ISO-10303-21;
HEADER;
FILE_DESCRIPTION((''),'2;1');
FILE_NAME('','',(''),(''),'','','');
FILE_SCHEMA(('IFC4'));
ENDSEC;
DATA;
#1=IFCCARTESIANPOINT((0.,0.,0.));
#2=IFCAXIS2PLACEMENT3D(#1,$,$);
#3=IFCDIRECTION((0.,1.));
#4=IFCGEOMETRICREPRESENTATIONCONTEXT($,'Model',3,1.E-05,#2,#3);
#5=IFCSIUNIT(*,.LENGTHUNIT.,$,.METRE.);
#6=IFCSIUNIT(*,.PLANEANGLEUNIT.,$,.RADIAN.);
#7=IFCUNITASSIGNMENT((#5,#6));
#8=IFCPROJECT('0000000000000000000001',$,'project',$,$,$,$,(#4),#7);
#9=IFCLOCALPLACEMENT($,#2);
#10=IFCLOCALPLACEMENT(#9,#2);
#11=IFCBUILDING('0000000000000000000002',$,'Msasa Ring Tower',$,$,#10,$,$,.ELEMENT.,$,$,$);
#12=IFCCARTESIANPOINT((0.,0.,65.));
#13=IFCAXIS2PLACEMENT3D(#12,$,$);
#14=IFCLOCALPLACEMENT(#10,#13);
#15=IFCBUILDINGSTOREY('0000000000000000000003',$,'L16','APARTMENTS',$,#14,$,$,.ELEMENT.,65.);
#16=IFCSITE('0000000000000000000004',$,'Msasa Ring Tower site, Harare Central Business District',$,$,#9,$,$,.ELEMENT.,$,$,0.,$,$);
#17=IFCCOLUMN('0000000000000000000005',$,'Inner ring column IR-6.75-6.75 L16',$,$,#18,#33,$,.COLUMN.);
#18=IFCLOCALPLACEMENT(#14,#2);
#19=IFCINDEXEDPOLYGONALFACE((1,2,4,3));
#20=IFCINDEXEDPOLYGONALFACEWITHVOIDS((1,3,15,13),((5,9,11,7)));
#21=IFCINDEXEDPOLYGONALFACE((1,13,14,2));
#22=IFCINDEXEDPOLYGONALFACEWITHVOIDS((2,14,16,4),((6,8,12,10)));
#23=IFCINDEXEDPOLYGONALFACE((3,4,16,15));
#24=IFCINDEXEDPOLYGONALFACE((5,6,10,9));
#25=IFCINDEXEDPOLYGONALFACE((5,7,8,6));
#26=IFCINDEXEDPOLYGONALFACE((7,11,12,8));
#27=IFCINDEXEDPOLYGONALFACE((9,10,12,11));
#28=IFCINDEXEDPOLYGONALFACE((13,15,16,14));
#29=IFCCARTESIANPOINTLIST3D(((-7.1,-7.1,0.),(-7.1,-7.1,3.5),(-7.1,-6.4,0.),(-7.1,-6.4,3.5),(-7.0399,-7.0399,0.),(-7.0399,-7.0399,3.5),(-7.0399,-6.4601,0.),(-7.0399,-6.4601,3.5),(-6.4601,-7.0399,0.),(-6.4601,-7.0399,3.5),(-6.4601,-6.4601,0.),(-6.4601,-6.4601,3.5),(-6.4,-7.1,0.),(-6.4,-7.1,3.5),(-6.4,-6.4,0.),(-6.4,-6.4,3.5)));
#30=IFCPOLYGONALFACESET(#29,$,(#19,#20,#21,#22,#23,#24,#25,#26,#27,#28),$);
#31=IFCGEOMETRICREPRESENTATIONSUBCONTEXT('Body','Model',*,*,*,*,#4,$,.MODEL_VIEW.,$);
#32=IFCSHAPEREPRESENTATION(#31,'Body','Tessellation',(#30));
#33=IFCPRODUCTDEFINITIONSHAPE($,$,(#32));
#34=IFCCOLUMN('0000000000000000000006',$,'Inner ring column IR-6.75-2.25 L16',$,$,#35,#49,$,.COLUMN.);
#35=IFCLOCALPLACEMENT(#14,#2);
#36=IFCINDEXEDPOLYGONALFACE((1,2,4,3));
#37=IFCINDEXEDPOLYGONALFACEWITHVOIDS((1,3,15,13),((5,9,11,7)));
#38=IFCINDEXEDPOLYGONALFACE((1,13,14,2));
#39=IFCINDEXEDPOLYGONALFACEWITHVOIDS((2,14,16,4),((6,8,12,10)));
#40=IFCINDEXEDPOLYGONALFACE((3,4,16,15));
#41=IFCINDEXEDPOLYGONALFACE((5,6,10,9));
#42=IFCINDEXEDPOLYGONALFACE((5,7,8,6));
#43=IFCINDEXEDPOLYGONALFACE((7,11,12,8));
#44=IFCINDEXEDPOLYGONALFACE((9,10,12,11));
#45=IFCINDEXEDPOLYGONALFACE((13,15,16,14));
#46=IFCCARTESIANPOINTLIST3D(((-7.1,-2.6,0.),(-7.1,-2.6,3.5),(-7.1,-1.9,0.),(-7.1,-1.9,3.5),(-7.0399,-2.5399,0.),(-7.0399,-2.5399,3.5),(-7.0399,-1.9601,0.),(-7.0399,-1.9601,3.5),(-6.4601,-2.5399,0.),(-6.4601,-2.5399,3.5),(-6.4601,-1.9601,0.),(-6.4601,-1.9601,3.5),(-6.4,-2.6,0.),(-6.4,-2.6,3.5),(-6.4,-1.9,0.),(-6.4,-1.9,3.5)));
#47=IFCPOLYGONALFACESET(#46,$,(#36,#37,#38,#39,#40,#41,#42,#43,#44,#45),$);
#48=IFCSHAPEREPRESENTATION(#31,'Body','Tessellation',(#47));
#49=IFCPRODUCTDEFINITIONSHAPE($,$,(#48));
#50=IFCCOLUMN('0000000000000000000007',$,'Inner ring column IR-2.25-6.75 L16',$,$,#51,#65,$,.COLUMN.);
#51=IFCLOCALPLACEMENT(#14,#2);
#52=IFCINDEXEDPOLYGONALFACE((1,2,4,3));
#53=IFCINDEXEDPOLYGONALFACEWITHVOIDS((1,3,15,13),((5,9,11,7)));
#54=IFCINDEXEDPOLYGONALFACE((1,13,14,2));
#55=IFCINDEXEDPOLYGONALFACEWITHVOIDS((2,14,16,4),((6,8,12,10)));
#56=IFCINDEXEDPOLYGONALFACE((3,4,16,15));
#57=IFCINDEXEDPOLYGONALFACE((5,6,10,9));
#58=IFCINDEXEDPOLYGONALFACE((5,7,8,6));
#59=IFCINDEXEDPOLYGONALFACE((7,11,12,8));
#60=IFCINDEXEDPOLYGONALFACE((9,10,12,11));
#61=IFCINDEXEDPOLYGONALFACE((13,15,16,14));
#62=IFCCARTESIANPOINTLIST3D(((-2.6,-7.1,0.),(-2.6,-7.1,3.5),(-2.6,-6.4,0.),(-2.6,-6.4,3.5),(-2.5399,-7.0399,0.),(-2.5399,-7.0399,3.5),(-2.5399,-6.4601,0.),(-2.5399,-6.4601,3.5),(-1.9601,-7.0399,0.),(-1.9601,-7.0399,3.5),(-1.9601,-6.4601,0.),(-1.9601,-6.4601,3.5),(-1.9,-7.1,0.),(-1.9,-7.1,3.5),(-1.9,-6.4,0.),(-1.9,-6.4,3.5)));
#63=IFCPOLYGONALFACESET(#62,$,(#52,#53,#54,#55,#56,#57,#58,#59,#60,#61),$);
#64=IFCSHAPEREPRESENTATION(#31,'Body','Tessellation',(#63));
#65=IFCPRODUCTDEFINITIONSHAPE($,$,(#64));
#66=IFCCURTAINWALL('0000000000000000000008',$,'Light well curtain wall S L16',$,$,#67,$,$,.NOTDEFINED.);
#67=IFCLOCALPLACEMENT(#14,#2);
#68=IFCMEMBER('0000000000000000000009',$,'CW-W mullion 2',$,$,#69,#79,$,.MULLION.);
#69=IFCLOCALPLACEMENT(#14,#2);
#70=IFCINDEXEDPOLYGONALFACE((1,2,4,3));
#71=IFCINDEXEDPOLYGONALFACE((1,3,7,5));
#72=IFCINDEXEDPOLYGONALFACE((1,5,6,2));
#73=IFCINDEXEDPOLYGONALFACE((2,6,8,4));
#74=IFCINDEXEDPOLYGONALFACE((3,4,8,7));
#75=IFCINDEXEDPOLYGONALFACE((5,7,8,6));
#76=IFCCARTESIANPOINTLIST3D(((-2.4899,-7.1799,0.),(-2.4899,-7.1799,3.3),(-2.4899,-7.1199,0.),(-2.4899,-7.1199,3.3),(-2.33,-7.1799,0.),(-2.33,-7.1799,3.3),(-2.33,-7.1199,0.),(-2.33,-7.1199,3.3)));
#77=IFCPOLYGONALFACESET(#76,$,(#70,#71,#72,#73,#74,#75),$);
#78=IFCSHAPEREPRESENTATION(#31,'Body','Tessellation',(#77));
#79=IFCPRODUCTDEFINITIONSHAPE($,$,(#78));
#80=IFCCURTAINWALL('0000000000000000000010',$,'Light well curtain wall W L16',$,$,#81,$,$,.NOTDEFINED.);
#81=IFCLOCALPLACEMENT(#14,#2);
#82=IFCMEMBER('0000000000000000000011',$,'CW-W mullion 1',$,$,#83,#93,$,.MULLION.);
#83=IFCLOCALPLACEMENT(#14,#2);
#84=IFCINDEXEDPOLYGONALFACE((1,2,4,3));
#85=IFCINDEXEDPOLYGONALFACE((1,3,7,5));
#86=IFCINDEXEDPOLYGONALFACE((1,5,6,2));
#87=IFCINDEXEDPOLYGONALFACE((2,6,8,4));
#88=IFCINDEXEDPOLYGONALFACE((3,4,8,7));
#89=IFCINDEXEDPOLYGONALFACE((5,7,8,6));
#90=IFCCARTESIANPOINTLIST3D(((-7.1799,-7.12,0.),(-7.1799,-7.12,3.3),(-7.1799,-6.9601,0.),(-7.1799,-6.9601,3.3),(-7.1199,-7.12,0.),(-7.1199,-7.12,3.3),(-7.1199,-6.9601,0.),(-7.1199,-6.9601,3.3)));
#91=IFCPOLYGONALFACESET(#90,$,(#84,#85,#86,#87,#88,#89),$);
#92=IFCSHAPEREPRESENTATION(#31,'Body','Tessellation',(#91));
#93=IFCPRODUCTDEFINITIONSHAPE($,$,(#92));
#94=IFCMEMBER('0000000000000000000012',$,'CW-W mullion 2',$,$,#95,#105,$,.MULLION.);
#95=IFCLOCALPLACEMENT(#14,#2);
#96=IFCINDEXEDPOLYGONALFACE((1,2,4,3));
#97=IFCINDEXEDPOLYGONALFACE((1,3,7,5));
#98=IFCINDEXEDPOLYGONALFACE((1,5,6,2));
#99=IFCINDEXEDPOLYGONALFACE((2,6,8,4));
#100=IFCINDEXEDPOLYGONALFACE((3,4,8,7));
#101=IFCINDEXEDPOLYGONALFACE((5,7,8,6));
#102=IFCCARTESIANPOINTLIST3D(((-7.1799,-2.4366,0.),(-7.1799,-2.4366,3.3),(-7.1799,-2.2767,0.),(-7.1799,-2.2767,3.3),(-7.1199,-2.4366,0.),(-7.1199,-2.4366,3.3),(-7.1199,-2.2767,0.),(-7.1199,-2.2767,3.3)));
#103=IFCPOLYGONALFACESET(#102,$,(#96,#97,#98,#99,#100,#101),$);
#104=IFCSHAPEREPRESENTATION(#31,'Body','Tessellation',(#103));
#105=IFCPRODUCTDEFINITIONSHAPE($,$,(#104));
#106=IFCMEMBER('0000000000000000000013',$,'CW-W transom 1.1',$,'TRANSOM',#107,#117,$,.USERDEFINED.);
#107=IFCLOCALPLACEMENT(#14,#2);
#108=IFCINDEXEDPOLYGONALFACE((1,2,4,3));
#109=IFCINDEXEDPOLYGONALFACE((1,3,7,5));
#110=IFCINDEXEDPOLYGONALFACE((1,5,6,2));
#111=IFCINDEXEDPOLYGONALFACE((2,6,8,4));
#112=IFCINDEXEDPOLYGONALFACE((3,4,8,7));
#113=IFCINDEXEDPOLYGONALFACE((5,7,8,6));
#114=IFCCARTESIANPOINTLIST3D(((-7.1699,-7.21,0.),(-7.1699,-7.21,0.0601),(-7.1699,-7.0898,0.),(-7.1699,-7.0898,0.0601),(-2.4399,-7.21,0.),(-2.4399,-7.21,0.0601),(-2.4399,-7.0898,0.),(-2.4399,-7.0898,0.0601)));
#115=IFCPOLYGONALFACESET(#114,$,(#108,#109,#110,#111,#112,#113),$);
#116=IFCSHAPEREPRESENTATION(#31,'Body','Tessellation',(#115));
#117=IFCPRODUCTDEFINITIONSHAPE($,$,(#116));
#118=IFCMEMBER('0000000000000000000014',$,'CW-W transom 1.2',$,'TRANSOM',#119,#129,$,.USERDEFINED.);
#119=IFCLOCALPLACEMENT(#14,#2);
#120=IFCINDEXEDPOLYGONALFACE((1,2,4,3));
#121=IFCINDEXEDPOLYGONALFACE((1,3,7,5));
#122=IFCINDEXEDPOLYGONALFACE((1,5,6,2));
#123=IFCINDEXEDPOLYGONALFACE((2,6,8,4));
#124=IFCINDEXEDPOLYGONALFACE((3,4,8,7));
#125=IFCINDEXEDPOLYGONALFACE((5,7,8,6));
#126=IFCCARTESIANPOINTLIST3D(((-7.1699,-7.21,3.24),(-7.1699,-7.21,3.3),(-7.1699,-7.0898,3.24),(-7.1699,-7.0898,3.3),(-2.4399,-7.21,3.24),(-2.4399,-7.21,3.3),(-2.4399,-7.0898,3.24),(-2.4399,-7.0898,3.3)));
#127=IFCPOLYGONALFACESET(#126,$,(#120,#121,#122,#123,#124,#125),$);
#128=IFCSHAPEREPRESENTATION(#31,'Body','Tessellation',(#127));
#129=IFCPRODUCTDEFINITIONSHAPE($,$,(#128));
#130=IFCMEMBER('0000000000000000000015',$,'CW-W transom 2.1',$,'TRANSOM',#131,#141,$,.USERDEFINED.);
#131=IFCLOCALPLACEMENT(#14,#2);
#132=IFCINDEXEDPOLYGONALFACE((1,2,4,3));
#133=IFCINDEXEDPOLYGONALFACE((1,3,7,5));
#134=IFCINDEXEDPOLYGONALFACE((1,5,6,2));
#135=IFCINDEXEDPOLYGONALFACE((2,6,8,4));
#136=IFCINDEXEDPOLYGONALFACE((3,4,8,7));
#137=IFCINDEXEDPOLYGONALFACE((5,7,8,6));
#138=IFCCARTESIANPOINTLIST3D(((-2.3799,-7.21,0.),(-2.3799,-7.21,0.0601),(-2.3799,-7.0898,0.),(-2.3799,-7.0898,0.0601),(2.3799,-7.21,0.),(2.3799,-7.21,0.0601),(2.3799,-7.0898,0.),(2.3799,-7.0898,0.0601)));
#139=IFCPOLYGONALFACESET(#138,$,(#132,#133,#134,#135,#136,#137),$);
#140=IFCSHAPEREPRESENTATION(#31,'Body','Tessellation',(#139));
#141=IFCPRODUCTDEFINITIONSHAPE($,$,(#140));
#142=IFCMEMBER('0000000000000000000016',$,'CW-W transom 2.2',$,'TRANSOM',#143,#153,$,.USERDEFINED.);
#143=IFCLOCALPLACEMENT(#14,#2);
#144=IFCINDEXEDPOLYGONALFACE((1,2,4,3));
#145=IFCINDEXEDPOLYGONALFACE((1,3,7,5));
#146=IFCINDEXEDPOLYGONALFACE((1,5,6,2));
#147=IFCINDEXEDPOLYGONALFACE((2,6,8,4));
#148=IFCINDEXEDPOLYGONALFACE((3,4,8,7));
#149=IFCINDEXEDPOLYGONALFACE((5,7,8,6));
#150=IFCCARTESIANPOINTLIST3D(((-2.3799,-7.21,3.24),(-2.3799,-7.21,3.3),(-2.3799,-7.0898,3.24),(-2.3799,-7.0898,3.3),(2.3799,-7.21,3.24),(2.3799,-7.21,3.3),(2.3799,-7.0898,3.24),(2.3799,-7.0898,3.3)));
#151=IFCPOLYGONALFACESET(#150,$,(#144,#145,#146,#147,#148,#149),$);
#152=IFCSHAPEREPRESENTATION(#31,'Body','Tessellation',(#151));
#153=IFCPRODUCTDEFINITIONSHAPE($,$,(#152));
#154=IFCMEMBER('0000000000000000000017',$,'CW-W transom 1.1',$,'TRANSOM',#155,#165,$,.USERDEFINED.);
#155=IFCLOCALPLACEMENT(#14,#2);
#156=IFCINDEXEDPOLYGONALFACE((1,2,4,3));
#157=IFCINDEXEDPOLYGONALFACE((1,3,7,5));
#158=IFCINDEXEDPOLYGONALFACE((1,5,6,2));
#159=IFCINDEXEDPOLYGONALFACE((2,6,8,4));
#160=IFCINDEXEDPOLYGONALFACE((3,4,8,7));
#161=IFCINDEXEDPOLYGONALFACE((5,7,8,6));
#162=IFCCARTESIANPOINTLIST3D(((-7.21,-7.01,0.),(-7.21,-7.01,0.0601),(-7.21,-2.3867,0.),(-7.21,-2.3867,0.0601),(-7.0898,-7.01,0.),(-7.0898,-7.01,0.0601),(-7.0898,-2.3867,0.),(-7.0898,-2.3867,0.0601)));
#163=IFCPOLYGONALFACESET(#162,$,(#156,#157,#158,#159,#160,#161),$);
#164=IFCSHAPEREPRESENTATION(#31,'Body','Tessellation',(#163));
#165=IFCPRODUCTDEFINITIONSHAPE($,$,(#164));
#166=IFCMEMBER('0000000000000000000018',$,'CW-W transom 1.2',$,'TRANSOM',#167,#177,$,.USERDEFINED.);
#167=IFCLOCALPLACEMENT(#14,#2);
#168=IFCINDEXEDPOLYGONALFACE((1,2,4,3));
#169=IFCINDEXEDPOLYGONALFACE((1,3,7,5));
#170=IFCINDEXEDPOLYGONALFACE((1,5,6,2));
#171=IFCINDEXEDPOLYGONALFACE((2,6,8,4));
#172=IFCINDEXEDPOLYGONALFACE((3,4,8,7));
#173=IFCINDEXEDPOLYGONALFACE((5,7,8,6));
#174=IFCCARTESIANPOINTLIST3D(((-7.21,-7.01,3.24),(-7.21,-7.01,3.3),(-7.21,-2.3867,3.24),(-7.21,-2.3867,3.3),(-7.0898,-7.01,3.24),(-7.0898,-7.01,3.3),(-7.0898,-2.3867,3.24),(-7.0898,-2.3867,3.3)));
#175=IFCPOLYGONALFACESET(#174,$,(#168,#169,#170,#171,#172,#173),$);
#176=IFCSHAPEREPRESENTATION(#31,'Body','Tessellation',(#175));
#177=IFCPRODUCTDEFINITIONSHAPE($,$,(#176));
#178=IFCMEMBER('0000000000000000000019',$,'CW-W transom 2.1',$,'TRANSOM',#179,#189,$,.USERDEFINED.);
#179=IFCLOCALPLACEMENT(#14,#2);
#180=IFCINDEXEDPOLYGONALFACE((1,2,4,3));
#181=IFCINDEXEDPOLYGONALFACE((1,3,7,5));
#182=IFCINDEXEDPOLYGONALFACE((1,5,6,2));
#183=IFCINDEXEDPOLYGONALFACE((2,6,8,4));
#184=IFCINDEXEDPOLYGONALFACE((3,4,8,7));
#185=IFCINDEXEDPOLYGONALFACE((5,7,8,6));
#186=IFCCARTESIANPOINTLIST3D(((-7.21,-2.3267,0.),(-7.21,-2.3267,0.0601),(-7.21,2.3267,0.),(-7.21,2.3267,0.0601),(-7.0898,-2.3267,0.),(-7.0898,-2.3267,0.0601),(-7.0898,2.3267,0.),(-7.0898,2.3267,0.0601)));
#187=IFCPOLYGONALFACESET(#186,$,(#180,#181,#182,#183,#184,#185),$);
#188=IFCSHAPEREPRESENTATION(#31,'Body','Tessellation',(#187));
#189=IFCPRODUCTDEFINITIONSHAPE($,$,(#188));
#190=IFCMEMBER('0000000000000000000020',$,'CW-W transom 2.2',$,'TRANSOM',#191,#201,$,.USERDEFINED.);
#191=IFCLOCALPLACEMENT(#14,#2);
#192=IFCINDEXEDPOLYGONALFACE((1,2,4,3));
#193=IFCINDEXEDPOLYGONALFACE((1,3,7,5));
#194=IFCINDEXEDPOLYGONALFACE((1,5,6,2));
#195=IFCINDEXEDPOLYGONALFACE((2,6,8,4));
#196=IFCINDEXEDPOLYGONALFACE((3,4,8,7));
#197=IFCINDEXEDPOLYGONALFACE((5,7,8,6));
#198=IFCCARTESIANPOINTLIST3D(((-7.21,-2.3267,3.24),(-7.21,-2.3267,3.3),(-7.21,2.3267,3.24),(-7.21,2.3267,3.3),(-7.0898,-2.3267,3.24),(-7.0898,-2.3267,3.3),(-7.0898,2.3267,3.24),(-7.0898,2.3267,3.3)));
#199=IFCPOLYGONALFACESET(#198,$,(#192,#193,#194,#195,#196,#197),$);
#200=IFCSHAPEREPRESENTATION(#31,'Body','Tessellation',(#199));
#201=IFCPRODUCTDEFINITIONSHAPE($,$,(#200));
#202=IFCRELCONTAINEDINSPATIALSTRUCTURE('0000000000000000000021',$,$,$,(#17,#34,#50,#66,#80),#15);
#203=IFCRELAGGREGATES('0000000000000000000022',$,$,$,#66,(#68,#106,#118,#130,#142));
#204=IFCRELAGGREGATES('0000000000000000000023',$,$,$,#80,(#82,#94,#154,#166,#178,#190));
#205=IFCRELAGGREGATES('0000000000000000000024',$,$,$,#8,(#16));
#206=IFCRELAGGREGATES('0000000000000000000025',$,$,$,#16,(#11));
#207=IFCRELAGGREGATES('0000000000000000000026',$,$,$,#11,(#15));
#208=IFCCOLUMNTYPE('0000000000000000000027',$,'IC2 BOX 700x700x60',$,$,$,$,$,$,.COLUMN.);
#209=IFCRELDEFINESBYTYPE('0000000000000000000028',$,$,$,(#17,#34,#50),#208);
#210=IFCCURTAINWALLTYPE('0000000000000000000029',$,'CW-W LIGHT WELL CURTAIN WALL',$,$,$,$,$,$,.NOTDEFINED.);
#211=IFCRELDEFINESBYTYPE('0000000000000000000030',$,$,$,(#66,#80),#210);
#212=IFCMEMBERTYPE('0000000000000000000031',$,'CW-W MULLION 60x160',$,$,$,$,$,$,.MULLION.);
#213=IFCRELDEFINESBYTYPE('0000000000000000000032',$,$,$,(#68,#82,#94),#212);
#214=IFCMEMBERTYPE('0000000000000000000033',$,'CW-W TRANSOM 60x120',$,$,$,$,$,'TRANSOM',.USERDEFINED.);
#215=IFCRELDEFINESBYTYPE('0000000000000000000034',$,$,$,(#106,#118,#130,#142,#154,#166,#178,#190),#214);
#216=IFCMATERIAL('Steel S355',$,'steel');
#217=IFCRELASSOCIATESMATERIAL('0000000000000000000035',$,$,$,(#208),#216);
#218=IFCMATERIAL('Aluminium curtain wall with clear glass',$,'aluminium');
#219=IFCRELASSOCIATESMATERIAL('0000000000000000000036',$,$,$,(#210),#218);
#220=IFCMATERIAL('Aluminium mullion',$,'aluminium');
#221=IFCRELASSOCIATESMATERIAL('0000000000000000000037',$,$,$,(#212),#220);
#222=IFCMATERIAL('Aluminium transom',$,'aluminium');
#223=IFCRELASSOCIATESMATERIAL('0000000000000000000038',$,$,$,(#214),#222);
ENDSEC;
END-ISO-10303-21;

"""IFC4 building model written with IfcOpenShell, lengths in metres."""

from ifc_helpers import new_model, si_unit, direction, frame, origin, origin_2d, place, context, subcontext, project, spatial, rectangle, hollow_rectangle, extrude, material, material_profile, profile_set, type_object, element, aggregate, save


model = new_model("IFC4")

# Units and contexts
model_context = context("Model", 3, precision=1e-05, world=origin(), true_north=direction((0.0, 1.0)))
body_context = subcontext(model_context, "Body", "Model", "MODEL_VIEW")
ifc_project = project(units=[si_unit("LENGTHUNIT", "METRE"), si_unit("PLANEANGLEUNIT", "RADIAN")], contexts=[model_context])

# Site, building, storey
site_placement = place(None, origin())
site = spatial("IfcSite", under=ifc_project, at=site_placement, Name="Msasa Ring Tower site, Harare Central Business District", CompositionType="ELEMENT", RefElevation=0.0)
building_placement = place(site_placement, origin())
building = spatial("IfcBuilding", under=site, at=building_placement, Name="Msasa Ring Tower", CompositionType="ELEMENT")
storey_placement = place(building_placement, frame((0.0, 0.0, 65.0)))
storey = spatial("IfcBuildingStorey", under=building, at=storey_placement, Name="L16", Description="APARTMENTS", CompositionType="ELEMENT", Elevation=65.0)

# Columns
ifc_material_1 = material(Name="Steel S355", Category="steel")
ifc_material_profile_1 = material_profile(ifc_material_1, hollow_rectangle(XDim=0.7, YDim=0.7, WallThickness=0.0601, at=origin_2d()), Name="BOX 700x700x60")
ifc_profile_set_1 = profile_set([ifc_material_profile_1], Name="Steel S355")
column_type = type_object("IfcColumnType", Name="IC2 BOX 700x700x60", PredefinedType="COLUMN", material=ifc_profile_set_1)
for number, where, z_axis, x_axis, name in (
    (1, (-6.75, -6.75, 0.0), (0.0, 0.0, 1.0), (1.0, 0.0, 0.0), "Inner ring column IR-6.75-6.75 L16"),
    (2, (-6.75, -2.25, 0.0), (0.0, 0.0, 1.0), (1.0, 0.0, 0.0), "Inner ring column IR-6.75-2.25 L16"),
    (3, (-2.25, -6.75, 0.0), (0.0, 0.0, 1.0), (1.0, 0.0, 0.0), "Inner ring column IR-2.25-6.75 L16"),
):
    element("IfcColumn", number, at=place(storey_placement, frame(where, z_axis=z_axis, x_axis=x_axis)), inside=storey, type_object=column_type, Name=name, PredefinedType="COLUMN", context=body_context, shape_type="SweptSolid", body=[
        extrude(hollow_rectangle(XDim=0.7, YDim=0.7, WallThickness=0.0601, at=origin_2d()), origin(), (0.0, 0.0, 1.0), 3.5),
    ])

# Curtain wall, member
ifc_material_2 = material(Name="Aluminium curtain wall with clear glass", Category="aluminium")
curtain_wall_type = type_object("IfcCurtainWallType", Name="CW-W LIGHT WELL CURTAIN WALL", PredefinedType="NOTDEFINED", material=ifc_material_2)
curtain_wall_1_placement = place(storey_placement, origin())
curtain_wall_1 = element("IfcCurtainWall", 4, at=curtain_wall_1_placement, inside=storey, type_object=curtain_wall_type, Name="Light well curtain wall S L16", PredefinedType="NOTDEFINED")
ifc_material_3 = material(Name="Aluminium mullion", Category="aluminium")
ifc_material_profile_2 = material_profile(ifc_material_3, rectangle(XDim=0.0601, YDim=0.1599, at=origin_2d()), Name="AL 60x160")
ifc_profile_set_2 = profile_set([ifc_material_profile_2], Name="Aluminium mullion")
member_type_1 = type_object("IfcMemberType", Name="CW-W MULLION 60x160", PredefinedType="MULLION", material=ifc_profile_set_2)
member_1_placement = place(storey_placement, frame((-2.4099, -7.1499, 0.0), z_axis=(0.0, 0.0, 1.0), x_axis=(0.0, 1.0, 0.0)))
member_1 = element("IfcMember", 5, at=member_1_placement, type_object=member_type_1, Name="CW-W mullion 2", PredefinedType="MULLION", context=body_context, shape_type="SweptSolid", body=[
    extrude(rectangle(XDim=0.0601, YDim=0.1599, at=origin_2d()), origin(), (0.0, 0.0, 1.0), 3.3),
])

# Curtain wall, members
curtain_wall_2_placement = place(storey_placement, origin())
curtain_wall_2 = element("IfcCurtainWall", 6, at=curtain_wall_2_placement, inside=storey, type_object=curtain_wall_type, Name="Light well curtain wall W L16", PredefinedType="NOTDEFINED")
member_2_placement = place(storey_placement, frame((-7.1499, -7.04, 0.0), z_axis=(0.0, 0.0, 1.0), x_axis=(-1.0, 0.0, 0.0)))
member_2 = element("IfcMember", 7, at=member_2_placement, type_object=member_type_1, Name="CW-W mullion 1", PredefinedType="MULLION", context=body_context, shape_type="SweptSolid", body=[
    extrude(rectangle(XDim=0.0601, YDim=0.1599, at=origin_2d()), origin(), (0.0, 0.0, 1.0), 3.3),
])
member_3_placement = place(storey_placement, frame((-7.1499, -2.3567, 0.0), z_axis=(0.0, 0.0, 1.0), x_axis=(-1.0, 0.0, 0.0)))
member_3 = element("IfcMember", 8, at=member_3_placement, type_object=member_type_1, Name="CW-W mullion 2", PredefinedType="MULLION", context=body_context, shape_type="SweptSolid", body=[
    extrude(rectangle(XDim=0.0601, YDim=0.1599, at=origin_2d()), origin(), (0.0, 0.0, 1.0), 3.3),
])

# Members
ifc_material_4 = material(Name="Aluminium transom", Category="aluminium")
ifc_material_profile_3 = material_profile(ifc_material_4, rectangle(XDim=0.1201, YDim=0.0601, at=origin_2d()), Name="AL 60x120")
ifc_profile_set_3 = profile_set([ifc_material_profile_3], Name="Aluminium transom")
member_type_2 = type_object("IfcMemberType", Name="CW-W TRANSOM 60x120", ElementType="TRANSOM", PredefinedType="USERDEFINED", material=ifc_profile_set_3)
member_4_placement = place(storey_placement, frame((-7.1699, -7.1499, 0.03), z_axis=(1.0, 0.0, 0.0), x_axis=(0.0, 1.0, 0.0)))
member_4 = element("IfcMember", 9, at=member_4_placement, type_object=member_type_2, Name="CW-W transom 1.1", ObjectType="TRANSOM", PredefinedType="USERDEFINED", context=body_context, shape_type="SweptSolid", body=[
    extrude(rectangle(XDim=0.1201, YDim=0.0601, at=origin_2d()), origin(), (0.0, 0.0, 1.0), 4.73),
])
member_5_placement = place(storey_placement, frame((-7.1699, -7.1499, 3.27), z_axis=(1.0, 0.0, 0.0), x_axis=(0.0, 1.0, 0.0)))
member_5 = element("IfcMember", 10, at=member_5_placement, type_object=member_type_2, Name="CW-W transom 1.2", ObjectType="TRANSOM", PredefinedType="USERDEFINED", context=body_context, shape_type="SweptSolid", body=[
    extrude(rectangle(XDim=0.1201, YDim=0.0601, at=origin_2d()), origin(), (0.0, 0.0, 1.0), 4.73),
])
member_6_placement = place(storey_placement, frame((-2.3799, -7.1499, 0.03), z_axis=(1.0, 0.0, 0.0), x_axis=(0.0, 1.0, 0.0)))
member_6 = element("IfcMember", 11, at=member_6_placement, type_object=member_type_2, Name="CW-W transom 2.1", ObjectType="TRANSOM", PredefinedType="USERDEFINED", context=body_context, shape_type="SweptSolid", body=[
    extrude(rectangle(XDim=0.1201, YDim=0.0601, at=origin_2d()), origin(), (0.0, 0.0, 1.0), 4.7598),
])
member_7_placement = place(storey_placement, frame((-2.3799, -7.1499, 3.27), z_axis=(1.0, 0.0, 0.0), x_axis=(0.0, 1.0, 0.0)))
member_7 = element("IfcMember", 12, at=member_7_placement, type_object=member_type_2, Name="CW-W transom 2.2", ObjectType="TRANSOM", PredefinedType="USERDEFINED", context=body_context, shape_type="SweptSolid", body=[
    extrude(rectangle(XDim=0.1201, YDim=0.0601, at=origin_2d()), origin(), (0.0, 0.0, 1.0), 4.7598),
])
member_8_placement = place(storey_placement, frame((-7.1499, -7.01, 0.03), z_axis=(0.0, 1.0, 0.0), x_axis=(-1.0, 0.0, 0.0)))
member_8 = element("IfcMember", 13, at=member_8_placement, type_object=member_type_2, Name="CW-W transom 1.1", ObjectType="TRANSOM", PredefinedType="USERDEFINED", context=body_context, shape_type="SweptSolid", body=[
    extrude(rectangle(XDim=0.1201, YDim=0.0601, at=origin_2d()), origin(), (0.0, 0.0, 1.0), 4.6233),
])
member_9_placement = place(storey_placement, frame((-7.1499, -7.01, 3.27), z_axis=(0.0, 1.0, 0.0), x_axis=(-1.0, 0.0, 0.0)))
member_9 = element("IfcMember", 14, at=member_9_placement, type_object=member_type_2, Name="CW-W transom 1.2", ObjectType="TRANSOM", PredefinedType="USERDEFINED", context=body_context, shape_type="SweptSolid", body=[
    extrude(rectangle(XDim=0.1201, YDim=0.0601, at=origin_2d()), origin(), (0.0, 0.0, 1.0), 4.6233),
])
member_10_placement = place(storey_placement, frame((-7.1499, -2.3267, 0.03), z_axis=(0.0, 1.0, 0.0), x_axis=(-1.0, 0.0, 0.0)))
member_10 = element("IfcMember", 15, at=member_10_placement, type_object=member_type_2, Name="CW-W transom 2.1", ObjectType="TRANSOM", PredefinedType="USERDEFINED", context=body_context, shape_type="SweptSolid", body=[
    extrude(rectangle(XDim=0.1201, YDim=0.0601, at=origin_2d()), origin(), (0.0, 0.0, 1.0), 4.6533),
])
member_11_placement = place(storey_placement, frame((-7.1499, -2.3267, 3.27), z_axis=(0.0, 1.0, 0.0), x_axis=(-1.0, 0.0, 0.0)))
member_11 = element("IfcMember", 16, at=member_11_placement, type_object=member_type_2, Name="CW-W transom 2.2", ObjectType="TRANSOM", PredefinedType="USERDEFINED", context=body_context, shape_type="SweptSolid", body=[
    extrude(rectangle(XDim=0.1201, YDim=0.0601, at=origin_2d()), origin(), (0.0, 0.0, 1.0), 4.6533),
])

aggregate(curtain_wall_1, [member_1, member_4, member_5, member_6, member_7])
aggregate(curtain_wall_2, [member_2, member_3, member_8, member_9, member_10, member_11])

save(model, "model.ifc")
